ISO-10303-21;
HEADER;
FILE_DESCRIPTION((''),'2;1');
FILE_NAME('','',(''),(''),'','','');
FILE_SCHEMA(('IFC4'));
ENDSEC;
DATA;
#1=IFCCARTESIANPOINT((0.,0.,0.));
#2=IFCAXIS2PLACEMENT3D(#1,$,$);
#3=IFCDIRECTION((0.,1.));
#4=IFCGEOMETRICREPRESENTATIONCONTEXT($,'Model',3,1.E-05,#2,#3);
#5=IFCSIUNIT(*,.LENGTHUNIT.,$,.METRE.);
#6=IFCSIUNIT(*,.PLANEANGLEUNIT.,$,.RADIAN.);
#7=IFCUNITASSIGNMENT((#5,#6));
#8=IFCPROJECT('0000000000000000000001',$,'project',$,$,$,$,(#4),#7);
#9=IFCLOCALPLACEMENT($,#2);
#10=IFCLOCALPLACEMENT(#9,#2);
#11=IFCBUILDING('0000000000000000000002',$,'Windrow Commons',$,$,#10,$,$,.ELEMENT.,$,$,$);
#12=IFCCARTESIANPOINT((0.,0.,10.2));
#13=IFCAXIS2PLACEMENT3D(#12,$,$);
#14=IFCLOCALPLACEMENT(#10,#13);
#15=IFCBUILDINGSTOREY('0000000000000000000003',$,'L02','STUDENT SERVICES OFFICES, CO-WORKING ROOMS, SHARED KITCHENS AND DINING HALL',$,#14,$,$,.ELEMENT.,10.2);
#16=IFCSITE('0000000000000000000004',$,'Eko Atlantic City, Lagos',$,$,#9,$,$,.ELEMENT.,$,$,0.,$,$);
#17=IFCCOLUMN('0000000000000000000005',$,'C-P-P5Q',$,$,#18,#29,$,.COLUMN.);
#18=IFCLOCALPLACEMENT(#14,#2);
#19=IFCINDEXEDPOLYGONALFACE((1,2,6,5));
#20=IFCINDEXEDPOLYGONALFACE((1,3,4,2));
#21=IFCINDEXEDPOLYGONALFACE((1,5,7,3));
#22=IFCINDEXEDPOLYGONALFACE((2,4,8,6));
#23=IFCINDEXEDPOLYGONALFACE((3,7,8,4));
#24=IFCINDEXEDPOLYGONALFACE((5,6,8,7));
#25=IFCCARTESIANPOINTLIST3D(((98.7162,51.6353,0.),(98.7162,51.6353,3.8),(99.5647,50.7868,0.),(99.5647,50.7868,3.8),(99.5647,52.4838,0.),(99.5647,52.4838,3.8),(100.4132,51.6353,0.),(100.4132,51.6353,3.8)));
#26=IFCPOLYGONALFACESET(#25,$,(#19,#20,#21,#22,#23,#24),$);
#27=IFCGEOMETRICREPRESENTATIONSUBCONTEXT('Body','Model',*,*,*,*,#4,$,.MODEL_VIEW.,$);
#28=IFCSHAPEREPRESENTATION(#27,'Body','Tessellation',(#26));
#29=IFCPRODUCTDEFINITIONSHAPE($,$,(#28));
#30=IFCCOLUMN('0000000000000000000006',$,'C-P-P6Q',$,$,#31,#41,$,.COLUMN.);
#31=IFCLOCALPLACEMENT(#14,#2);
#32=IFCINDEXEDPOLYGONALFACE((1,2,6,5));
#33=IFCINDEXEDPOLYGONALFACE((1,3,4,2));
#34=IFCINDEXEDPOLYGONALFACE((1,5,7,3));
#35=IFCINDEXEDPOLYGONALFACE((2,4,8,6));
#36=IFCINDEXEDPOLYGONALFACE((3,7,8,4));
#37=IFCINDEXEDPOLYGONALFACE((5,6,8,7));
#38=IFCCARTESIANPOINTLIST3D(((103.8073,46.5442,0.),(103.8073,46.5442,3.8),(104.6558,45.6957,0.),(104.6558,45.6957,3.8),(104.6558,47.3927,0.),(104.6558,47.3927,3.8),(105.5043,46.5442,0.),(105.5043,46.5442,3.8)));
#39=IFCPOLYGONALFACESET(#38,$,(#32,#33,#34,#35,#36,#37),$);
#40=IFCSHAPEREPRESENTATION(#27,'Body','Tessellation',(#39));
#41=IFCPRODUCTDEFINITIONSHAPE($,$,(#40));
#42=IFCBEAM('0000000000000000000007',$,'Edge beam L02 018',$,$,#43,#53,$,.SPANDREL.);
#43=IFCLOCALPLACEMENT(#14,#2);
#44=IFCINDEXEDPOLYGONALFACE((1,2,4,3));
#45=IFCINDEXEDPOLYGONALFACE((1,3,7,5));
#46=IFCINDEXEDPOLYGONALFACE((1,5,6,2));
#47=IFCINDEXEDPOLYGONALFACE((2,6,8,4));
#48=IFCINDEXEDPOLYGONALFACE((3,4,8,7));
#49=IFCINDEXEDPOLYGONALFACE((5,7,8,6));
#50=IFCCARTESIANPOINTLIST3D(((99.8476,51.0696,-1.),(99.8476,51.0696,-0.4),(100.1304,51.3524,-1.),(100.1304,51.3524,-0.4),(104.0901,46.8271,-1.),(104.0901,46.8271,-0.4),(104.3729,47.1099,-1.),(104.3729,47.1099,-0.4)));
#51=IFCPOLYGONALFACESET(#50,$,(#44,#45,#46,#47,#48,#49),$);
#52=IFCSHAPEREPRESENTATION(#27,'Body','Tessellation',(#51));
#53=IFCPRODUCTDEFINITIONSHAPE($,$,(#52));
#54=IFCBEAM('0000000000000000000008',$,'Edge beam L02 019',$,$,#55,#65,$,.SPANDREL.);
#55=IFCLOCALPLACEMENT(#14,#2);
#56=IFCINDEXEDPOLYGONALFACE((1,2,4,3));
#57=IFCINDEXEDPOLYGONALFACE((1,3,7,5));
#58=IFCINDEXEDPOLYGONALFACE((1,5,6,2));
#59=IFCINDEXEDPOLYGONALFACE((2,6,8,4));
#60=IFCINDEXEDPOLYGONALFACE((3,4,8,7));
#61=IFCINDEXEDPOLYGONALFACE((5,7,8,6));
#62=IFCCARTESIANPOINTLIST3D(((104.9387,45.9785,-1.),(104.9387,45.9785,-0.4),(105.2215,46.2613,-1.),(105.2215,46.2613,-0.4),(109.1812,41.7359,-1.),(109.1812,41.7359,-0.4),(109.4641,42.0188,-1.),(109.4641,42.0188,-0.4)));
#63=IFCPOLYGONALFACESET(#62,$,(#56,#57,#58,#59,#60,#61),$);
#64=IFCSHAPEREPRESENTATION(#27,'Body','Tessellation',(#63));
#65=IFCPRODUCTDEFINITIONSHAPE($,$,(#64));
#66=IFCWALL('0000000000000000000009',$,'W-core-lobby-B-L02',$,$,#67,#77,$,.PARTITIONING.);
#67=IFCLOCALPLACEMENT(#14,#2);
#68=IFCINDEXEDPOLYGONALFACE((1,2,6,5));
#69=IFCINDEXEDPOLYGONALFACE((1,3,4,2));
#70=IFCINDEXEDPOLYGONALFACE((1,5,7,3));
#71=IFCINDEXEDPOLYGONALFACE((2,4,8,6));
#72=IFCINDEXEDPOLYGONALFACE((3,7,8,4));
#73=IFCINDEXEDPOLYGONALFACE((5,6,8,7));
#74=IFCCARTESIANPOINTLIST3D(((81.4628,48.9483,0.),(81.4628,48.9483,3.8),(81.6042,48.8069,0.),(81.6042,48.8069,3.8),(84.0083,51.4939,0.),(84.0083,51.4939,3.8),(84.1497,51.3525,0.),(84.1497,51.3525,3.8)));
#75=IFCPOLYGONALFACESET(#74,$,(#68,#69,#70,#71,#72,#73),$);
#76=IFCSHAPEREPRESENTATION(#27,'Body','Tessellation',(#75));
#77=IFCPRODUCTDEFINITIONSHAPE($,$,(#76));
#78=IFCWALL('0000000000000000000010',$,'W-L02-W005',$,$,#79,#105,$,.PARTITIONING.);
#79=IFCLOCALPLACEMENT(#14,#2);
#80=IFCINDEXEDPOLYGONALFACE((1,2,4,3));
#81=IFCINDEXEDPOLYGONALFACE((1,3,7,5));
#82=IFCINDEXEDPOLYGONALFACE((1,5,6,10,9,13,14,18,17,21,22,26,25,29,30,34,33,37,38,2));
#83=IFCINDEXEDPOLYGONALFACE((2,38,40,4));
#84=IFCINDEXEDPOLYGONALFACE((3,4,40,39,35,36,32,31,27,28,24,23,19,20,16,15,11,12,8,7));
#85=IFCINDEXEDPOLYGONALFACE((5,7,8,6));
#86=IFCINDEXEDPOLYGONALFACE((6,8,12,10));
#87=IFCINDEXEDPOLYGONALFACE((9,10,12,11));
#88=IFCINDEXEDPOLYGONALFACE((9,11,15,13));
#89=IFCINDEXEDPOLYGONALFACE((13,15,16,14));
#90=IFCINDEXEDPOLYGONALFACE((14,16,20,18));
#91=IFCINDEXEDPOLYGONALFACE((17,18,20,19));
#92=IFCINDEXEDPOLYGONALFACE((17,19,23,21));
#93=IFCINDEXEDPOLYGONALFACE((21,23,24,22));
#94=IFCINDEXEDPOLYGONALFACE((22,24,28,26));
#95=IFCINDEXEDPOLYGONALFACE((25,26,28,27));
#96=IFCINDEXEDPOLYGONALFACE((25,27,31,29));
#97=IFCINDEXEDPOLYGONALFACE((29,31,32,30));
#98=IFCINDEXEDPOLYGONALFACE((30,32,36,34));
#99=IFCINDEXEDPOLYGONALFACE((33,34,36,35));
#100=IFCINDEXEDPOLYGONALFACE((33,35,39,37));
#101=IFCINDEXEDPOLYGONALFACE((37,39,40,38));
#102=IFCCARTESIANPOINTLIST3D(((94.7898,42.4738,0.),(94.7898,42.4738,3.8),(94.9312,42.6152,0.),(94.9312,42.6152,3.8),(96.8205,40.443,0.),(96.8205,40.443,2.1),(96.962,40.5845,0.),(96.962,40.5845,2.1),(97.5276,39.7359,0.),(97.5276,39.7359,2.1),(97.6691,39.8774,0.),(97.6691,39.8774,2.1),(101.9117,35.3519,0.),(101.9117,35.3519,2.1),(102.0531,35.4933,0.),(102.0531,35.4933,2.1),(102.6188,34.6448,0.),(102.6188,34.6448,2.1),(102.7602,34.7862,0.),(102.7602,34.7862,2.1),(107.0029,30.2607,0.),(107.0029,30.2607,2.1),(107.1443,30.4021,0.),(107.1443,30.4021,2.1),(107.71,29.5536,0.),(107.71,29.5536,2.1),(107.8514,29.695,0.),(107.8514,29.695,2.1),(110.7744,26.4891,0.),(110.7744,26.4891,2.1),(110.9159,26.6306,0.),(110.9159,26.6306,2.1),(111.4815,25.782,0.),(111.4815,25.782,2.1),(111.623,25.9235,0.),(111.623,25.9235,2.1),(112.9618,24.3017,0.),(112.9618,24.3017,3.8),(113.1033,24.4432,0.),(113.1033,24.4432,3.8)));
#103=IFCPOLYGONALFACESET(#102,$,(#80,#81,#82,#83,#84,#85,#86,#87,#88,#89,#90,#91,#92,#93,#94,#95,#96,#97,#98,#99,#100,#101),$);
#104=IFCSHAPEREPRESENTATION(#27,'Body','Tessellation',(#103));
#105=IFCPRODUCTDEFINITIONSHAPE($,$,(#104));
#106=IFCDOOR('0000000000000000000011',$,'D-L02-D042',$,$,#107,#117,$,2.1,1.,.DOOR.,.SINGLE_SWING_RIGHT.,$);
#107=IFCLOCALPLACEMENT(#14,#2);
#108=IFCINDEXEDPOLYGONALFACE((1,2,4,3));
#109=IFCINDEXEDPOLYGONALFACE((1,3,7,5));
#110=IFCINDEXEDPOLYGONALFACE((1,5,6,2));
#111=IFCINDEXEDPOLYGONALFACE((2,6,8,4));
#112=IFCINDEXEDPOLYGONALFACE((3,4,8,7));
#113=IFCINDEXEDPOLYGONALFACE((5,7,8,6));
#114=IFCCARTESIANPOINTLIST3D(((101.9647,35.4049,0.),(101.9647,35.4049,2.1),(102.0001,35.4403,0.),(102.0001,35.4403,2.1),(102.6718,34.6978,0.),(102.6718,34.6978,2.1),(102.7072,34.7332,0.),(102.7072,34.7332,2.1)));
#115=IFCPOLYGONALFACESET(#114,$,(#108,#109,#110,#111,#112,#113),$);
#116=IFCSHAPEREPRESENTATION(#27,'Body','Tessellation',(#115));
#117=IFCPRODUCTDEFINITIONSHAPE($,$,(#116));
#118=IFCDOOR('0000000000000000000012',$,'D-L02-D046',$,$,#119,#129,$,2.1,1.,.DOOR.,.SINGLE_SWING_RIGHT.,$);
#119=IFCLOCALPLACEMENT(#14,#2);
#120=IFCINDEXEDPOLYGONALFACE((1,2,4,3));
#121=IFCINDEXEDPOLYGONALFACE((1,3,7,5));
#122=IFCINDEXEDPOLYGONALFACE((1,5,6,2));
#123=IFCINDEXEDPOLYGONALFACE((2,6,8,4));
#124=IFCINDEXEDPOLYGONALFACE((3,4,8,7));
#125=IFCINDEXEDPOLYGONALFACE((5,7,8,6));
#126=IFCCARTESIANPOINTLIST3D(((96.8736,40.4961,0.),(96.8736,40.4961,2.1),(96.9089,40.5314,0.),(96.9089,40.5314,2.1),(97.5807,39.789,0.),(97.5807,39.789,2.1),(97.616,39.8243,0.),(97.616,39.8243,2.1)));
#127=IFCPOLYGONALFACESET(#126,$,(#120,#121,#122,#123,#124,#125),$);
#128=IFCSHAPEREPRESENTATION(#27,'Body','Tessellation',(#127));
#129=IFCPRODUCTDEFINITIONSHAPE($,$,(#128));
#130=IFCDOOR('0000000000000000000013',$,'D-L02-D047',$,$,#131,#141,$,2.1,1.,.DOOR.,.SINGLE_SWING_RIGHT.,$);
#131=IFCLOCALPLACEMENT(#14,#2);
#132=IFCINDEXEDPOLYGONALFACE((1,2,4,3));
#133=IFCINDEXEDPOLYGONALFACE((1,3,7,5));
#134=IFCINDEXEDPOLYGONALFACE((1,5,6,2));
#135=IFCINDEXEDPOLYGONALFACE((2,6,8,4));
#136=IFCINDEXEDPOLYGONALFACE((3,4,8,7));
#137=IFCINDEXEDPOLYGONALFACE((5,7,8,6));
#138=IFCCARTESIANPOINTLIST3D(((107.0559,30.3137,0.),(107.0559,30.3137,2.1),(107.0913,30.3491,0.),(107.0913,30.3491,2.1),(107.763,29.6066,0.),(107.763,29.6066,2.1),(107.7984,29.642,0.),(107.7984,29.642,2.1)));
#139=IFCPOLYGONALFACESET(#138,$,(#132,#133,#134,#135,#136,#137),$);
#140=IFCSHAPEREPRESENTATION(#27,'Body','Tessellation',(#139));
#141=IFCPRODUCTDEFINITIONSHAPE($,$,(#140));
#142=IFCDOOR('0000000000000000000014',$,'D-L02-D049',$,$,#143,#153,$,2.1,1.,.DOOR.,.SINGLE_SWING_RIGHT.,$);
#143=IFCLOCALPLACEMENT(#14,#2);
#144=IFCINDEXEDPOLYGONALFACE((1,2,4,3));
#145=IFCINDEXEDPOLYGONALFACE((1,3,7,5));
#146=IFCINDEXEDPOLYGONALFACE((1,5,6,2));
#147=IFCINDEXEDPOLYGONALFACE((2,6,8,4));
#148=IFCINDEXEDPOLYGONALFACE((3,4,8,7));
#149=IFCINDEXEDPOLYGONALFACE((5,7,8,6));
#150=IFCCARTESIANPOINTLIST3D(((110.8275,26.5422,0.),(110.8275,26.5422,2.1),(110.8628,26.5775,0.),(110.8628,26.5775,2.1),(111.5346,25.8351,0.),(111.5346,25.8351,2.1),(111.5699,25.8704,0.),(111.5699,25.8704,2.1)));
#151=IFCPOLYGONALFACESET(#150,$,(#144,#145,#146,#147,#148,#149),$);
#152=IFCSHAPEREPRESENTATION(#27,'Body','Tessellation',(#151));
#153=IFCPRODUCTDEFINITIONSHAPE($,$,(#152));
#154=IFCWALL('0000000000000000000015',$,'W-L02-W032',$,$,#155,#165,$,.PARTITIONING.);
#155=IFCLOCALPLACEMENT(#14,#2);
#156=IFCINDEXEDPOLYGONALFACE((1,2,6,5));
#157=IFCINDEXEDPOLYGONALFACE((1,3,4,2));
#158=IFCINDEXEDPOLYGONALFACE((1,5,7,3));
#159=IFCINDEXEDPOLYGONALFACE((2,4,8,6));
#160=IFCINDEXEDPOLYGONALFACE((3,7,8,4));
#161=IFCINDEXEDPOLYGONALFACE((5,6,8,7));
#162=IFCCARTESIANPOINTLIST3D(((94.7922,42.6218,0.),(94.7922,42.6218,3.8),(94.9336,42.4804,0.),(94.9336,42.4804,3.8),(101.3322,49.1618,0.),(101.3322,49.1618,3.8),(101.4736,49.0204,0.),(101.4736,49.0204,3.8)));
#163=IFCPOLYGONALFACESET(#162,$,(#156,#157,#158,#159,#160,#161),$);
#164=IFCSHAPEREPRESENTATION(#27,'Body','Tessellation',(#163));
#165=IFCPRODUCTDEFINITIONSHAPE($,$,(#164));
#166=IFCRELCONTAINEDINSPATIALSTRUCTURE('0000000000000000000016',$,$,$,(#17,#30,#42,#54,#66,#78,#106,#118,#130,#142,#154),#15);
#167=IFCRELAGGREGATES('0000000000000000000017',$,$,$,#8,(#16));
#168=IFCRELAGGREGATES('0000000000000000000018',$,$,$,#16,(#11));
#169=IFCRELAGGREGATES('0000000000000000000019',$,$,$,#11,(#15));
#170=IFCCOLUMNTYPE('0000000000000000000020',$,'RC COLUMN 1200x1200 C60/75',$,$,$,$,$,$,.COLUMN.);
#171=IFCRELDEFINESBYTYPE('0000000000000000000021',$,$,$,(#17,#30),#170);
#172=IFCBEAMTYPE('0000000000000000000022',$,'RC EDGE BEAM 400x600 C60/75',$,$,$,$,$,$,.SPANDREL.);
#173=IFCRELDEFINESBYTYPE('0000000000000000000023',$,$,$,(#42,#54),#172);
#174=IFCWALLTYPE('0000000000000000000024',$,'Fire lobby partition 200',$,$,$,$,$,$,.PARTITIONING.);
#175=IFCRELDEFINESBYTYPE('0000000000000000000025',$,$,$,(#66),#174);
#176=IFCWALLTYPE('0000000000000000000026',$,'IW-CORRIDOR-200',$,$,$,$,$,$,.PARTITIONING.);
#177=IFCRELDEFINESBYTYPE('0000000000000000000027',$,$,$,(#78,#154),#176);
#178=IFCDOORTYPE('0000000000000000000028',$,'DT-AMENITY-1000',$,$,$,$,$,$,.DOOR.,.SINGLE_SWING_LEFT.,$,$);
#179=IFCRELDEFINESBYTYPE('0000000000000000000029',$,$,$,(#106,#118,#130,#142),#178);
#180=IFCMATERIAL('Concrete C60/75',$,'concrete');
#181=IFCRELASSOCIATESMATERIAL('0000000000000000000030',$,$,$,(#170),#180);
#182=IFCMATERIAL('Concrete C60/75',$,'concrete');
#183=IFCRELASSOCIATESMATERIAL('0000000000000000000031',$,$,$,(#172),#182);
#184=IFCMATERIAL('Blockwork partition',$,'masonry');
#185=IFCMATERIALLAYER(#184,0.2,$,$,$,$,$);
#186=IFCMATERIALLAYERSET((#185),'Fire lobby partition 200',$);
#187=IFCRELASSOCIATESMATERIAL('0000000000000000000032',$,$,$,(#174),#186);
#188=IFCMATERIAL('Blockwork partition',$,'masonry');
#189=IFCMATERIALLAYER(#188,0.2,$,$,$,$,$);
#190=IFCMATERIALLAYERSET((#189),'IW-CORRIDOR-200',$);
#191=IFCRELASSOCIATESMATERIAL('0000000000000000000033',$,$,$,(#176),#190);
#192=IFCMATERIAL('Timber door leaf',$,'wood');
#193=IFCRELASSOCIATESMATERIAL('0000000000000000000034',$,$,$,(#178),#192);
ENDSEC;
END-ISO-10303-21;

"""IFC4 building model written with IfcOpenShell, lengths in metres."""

from ifc_helpers import new_model, si_unit, direction, frame, frame_2d, origin, origin_2d, place, context, subcontext, project, spatial, rectangle, extrude, material, layer, layer_set, material_profile, profile_set, type_object, element, fill, save


model = new_model("IFC4")

# Units and contexts
model_context = context("Model", 3, precision=1e-05, world=origin(), true_north=direction((0.0, 1.0)))
body_context = subcontext(model_context, "Body", "Model", "MODEL_VIEW")
ifc_project = project(units=[si_unit("LENGTHUNIT", "METRE"), si_unit("PLANEANGLEUNIT", "RADIAN")], contexts=[model_context])

# Site, building, storey
site_placement = place(None, origin())
site = spatial("IfcSite", under=ifc_project, at=site_placement, Name="Eko Atlantic City, Lagos", CompositionType="ELEMENT", RefElevation=0.0)
building_placement = place(site_placement, origin())
building = spatial("IfcBuilding", under=site, at=building_placement, Name="Windrow Commons", CompositionType="ELEMENT")
storey_placement = place(building_placement, frame((0.0, 0.0, 10.2)))
storey = spatial("IfcBuildingStorey", under=building, at=storey_placement, Name="L02", Description="STUDENT SERVICES OFFICES, CO-WORKING ROOMS, SHARED KITCHENS AND DINING HALL", CompositionType="ELEMENT", Elevation=10.2)

# Columns
ifc_material_1 = material(Name="Concrete C60/75", Category="concrete")
ifc_material_profile_1 = material_profile(ifc_material_1, rectangle(XDim=1.2, YDim=1.2, at=origin_2d()))
ifc_profile_set_1 = profile_set([ifc_material_profile_1], Name="Concrete C60/75")
column_type = type_object("IfcColumnType", Name="RC COLUMN 1200x1200 C60/75", PredefinedType="COLUMN", material=ifc_profile_set_1)
for number, where, z_axis, x_axis, name in (
    (1, (99.5647, 51.6353, 0.0), (0.0, 0.0, 1.0), (0.707107, -0.707107, 0.0), "C-P-P5Q"),
    (2, (104.6558, 46.5442, 0.0), (0.0, 0.0, 1.0), (0.707107, -0.707107, 0.0), "C-P-P6Q"),
):
    element("IfcColumn", number, at=place(storey_placement, frame(where, z_axis=z_axis, x_axis=x_axis)), inside=storey, type_object=column_type, Name=name, PredefinedType="COLUMN", context=body_context, shape_type="SweptSolid", body=[
        extrude(rectangle(XDim=1.2, YDim=1.2, at=origin_2d()), origin(), (0.0, 0.0, 1.0), 3.8),
    ])

# Beams
ifc_material_2 = material(Name="Concrete C60/75", Category="concrete")
ifc_material_profile_2 = material_profile(ifc_material_2, rectangle(XDim=0.4, YDim=0.6, at=origin_2d()))
ifc_profile_set_2 = profile_set([ifc_material_profile_2], Name="Concrete C60/75")
beam_type = type_object("IfcBeamType", Name="RC EDGE BEAM 400x600 C60/75", PredefinedType="SPANDREL", material=ifc_profile_set_2)
beam_1_placement = place(storey_placement, frame((99.989, 51.211, -0.7), z_axis=(0.707107, -0.707107, 0.0), x_axis=(0.707107, 0.707107, 0.0)))
element("IfcBeam", 3, at=beam_1_placement, inside=storey, type_object=beam_type, Name="Edge beam L02 018", PredefinedType="SPANDREL", context=body_context, shape_type="SweptSolid", body=[
    extrude(rectangle(XDim=0.4, YDim=0.6, at=origin_2d()), origin(), (0.0, 0.0, 1.0), 5.9998),
])
beam_2_placement = place(storey_placement, frame((105.0801, 46.1199, -0.7), z_axis=(0.707107, -0.707107, 0.0), x_axis=(0.707107, 0.707107, 0.0)))
element("IfcBeam", 4, at=beam_2_placement, inside=storey, type_object=beam_type, Name="Edge beam L02 019", PredefinedType="SPANDREL", context=body_context, shape_type="SweptSolid", body=[
    extrude(rectangle(XDim=0.4, YDim=0.6, at=origin_2d()), origin(), (0.0, 0.0, 1.0), 5.9999),
])

# Wall
ifc_material_3 = material(Name="Blockwork partition", Category="masonry")
ifc_layer_1 = layer(ifc_material_3, 0.2)
ifc_layer_set_1 = layer_set([ifc_layer_1], Name="Fire lobby partition 200")
wall_type_1 = type_object("IfcWallType", Name="Fire lobby partition 200", PredefinedType="PARTITIONING", material=ifc_layer_set_1)
wall_1_placement = place(storey_placement, frame((81.5335, 48.8776, 0.0), z_axis=(0.0, 0.0, 1.0), x_axis=(0.707093, 0.707121, 0.0)))
element("IfcWall", 5, at=wall_1_placement, inside=storey, type_object=wall_type_1, Name="W-core-lobby-B-L02", PredefinedType="PARTITIONING", context=body_context, shape_type="SweptSolid", body=[
    extrude(rectangle(XDim=3.6, YDim=0.2, at=frame_2d((1.8, 0.0))), origin(), (0.0, 0.0, 1.0), 3.8),
])

# Wall, openings, doors
ifc_material_4 = material(Name="Blockwork partition", Category="masonry")
ifc_layer_2 = layer(ifc_material_4, 0.2)
ifc_layer_set_2 = layer_set([ifc_layer_2], Name="IW-CORRIDOR-200")
wall_type_2 = type_object("IfcWallType", Name="IW-CORRIDOR-200", PredefinedType="PARTITIONING", material=ifc_layer_set_2)
wall_2_placement = place(storey_placement, frame((94.8605, 42.5445, 0.0), z_axis=(0.0, 0.0, 1.0), x_axis=(0.707107, -0.707107, 0.0)))
wall_2 = element("IfcWall", 6, at=wall_2_placement, inside=storey, type_object=wall_type_2, Name="W-L02-W005", PredefinedType="PARTITIONING", context=body_context, shape_type="SweptSolid", body=[
    extrude(rectangle(XDim=25.6991, YDim=0.2, at=frame_2d((12.8496, 0.0))), origin(), (0.0, 0.0, 1.0), 3.8),
])
opening_1_placement = place(wall_2_placement, frame((10.0719, 0.0, 0.0)))
opening_1 = element("IfcOpeningElement", 7, at=opening_1_placement, cuts=wall_2, PredefinedType="OPENING", context=body_context, shape_type="SweptSolid", body=[
    extrude(rectangle(XDim=1.0, YDim=2.1, at=frame_2d((0.5, 1.05))), frame((0.0, 0.11, 0.0), z_axis=(0.0, -1.0, 0.0), x_axis=(1.0, 0.0, 0.0)), (0.0, 0.0, 1.0), 0.22),
])
opening_2_placement = place(wall_2_placement, frame((2.8719, 0.0, 0.0)))
opening_2 = element("IfcOpeningElement", 8, at=opening_2_placement, cuts=wall_2, PredefinedType="OPENING", context=body_context, shape_type="SweptSolid", body=[
    extrude(rectangle(XDim=1.0, YDim=2.1, at=frame_2d((0.5, 1.05))), frame((0.0, 0.11, 0.0), z_axis=(0.0, -1.0, 0.0), x_axis=(1.0, 0.0, 0.0)), (0.0, 0.0, 1.0), 0.22),
])
opening_3_placement = place(wall_2_placement, frame((17.2719, 0.0, 0.0)))
opening_3 = element("IfcOpeningElement", 9, at=opening_3_placement, cuts=wall_2, PredefinedType="OPENING", context=body_context, shape_type="SweptSolid", body=[
    extrude(rectangle(XDim=1.0, YDim=2.1, at=frame_2d((0.5, 1.05))), frame((0.0, 0.11, 0.0), z_axis=(0.0, -1.0, 0.0), x_axis=(1.0, 0.0, 0.0)), (0.0, 0.0, 1.0), 0.22),
])
opening_4_placement = place(wall_2_placement, frame((22.6057, 0.0, 0.0)))
opening_4 = element("IfcOpeningElement", 10, at=opening_4_placement, cuts=wall_2, PredefinedType="OPENING", context=body_context, shape_type="SweptSolid", body=[
    extrude(rectangle(XDim=1.0, YDim=2.1, at=frame_2d((0.5, 1.05))), frame((0.0, 0.11, 0.0), z_axis=(0.0, -1.0, 0.0), x_axis=(1.0, 0.0, 0.0)), (0.0, 0.0, 1.0), 0.22),
])
ifc_material_5 = material(Name="Timber door leaf", Category="wood")
door_type_1 = type_object("IfcDoorType", Name="DT-AMENITY-1000", OperationType="SINGLE_SWING_LEFT", PredefinedType="DOOR", material=ifc_material_5)
door_1_placement = place(opening_1_placement, origin())
door_1 = element("IfcDoor", 11, at=door_1_placement, inside=storey, type_object=door_type_1, Name="D-L02-D042", OperationType="SINGLE_SWING_RIGHT", OverallHeight=2.1, OverallWidth=1.0, PredefinedType="DOOR", context=body_context, shape_type="SweptSolid", body=[
    extrude(rectangle(XDim=1.0, YDim=2.1, at=frame_2d((0.5, 1.05))), frame((0.0, 0.025, 0.0), z_axis=(0.0, -1.0, 0.0), x_axis=(1.0, 0.0, 0.0)), (0.0, 0.0, 1.0), 0.05),
])
fill(opening_1, door_1)
door_2_placement = place(opening_2_placement, origin())
door_2 = element("IfcDoor", 12, at=door_2_placement, inside=storey, type_object=door_type_1, Name="D-L02-D046", OperationType="SINGLE_SWING_RIGHT", OverallHeight=2.1, OverallWidth=1.0, PredefinedType="DOOR", context=body_context, shape_type="SweptSolid", body=[
    extrude(rectangle(XDim=1.0, YDim=2.1, at=frame_2d((0.5, 1.05))), frame((0.0, 0.025, 0.0), z_axis=(0.0, -1.0, 0.0), x_axis=(1.0, 0.0, 0.0)), (0.0, 0.0, 1.0), 0.05),
])
fill(opening_2, door_2)
door_3_placement = place(opening_3_placement, origin())
door_3 = element("IfcDoor", 13, at=door_3_placement, inside=storey, type_object=door_type_1, Name="D-L02-D047", OperationType="SINGLE_SWING_RIGHT", OverallHeight=2.1, OverallWidth=1.0, PredefinedType="DOOR", context=body_context, shape_type="SweptSolid", body=[
    extrude(rectangle(XDim=1.0, YDim=2.1, at=frame_2d((0.5, 1.05))), frame((0.0, 0.025, 0.0), z_axis=(0.0, -1.0, 0.0), x_axis=(1.0, 0.0, 0.0)), (0.0, 0.0, 1.0), 0.05),
])
fill(opening_3, door_3)
door_4_placement = place(opening_4_placement, origin())
door_4 = element("IfcDoor", 14, at=door_4_placement, inside=storey, type_object=door_type_1, Name="D-L02-D049", OperationType="SINGLE_SWING_RIGHT", OverallHeight=2.1, OverallWidth=1.0, PredefinedType="DOOR", context=body_context, shape_type="SweptSolid", body=[
    extrude(rectangle(XDim=1.0, YDim=2.1, at=frame_2d((0.5, 1.05))), frame((0.0, 0.025, 0.0), z_axis=(0.0, -1.0, 0.0), x_axis=(1.0, 0.0, 0.0)), (0.0, 0.0, 1.0), 0.05),
])
fill(opening_4, door_4)

# Wall
wall_3_placement = place(storey_placement, frame((94.8629, 42.5511, 0.0), z_axis=(0.0, 0.0, 1.0), x_axis=(0.707107, 0.707107, 0.0)))
element("IfcWall", 15, at=wall_3_placement, inside=storey, type_object=wall_type_2, Name="W-L02-W032", PredefinedType="PARTITIONING", context=body_context, shape_type="SweptSolid", body=[
    extrude(rectangle(XDim=9.249, YDim=0.2, at=frame_2d((4.6245, 0.0))), origin(), (0.0, 0.0, 1.0), 3.8),
])

save(model, "model.ifc")
